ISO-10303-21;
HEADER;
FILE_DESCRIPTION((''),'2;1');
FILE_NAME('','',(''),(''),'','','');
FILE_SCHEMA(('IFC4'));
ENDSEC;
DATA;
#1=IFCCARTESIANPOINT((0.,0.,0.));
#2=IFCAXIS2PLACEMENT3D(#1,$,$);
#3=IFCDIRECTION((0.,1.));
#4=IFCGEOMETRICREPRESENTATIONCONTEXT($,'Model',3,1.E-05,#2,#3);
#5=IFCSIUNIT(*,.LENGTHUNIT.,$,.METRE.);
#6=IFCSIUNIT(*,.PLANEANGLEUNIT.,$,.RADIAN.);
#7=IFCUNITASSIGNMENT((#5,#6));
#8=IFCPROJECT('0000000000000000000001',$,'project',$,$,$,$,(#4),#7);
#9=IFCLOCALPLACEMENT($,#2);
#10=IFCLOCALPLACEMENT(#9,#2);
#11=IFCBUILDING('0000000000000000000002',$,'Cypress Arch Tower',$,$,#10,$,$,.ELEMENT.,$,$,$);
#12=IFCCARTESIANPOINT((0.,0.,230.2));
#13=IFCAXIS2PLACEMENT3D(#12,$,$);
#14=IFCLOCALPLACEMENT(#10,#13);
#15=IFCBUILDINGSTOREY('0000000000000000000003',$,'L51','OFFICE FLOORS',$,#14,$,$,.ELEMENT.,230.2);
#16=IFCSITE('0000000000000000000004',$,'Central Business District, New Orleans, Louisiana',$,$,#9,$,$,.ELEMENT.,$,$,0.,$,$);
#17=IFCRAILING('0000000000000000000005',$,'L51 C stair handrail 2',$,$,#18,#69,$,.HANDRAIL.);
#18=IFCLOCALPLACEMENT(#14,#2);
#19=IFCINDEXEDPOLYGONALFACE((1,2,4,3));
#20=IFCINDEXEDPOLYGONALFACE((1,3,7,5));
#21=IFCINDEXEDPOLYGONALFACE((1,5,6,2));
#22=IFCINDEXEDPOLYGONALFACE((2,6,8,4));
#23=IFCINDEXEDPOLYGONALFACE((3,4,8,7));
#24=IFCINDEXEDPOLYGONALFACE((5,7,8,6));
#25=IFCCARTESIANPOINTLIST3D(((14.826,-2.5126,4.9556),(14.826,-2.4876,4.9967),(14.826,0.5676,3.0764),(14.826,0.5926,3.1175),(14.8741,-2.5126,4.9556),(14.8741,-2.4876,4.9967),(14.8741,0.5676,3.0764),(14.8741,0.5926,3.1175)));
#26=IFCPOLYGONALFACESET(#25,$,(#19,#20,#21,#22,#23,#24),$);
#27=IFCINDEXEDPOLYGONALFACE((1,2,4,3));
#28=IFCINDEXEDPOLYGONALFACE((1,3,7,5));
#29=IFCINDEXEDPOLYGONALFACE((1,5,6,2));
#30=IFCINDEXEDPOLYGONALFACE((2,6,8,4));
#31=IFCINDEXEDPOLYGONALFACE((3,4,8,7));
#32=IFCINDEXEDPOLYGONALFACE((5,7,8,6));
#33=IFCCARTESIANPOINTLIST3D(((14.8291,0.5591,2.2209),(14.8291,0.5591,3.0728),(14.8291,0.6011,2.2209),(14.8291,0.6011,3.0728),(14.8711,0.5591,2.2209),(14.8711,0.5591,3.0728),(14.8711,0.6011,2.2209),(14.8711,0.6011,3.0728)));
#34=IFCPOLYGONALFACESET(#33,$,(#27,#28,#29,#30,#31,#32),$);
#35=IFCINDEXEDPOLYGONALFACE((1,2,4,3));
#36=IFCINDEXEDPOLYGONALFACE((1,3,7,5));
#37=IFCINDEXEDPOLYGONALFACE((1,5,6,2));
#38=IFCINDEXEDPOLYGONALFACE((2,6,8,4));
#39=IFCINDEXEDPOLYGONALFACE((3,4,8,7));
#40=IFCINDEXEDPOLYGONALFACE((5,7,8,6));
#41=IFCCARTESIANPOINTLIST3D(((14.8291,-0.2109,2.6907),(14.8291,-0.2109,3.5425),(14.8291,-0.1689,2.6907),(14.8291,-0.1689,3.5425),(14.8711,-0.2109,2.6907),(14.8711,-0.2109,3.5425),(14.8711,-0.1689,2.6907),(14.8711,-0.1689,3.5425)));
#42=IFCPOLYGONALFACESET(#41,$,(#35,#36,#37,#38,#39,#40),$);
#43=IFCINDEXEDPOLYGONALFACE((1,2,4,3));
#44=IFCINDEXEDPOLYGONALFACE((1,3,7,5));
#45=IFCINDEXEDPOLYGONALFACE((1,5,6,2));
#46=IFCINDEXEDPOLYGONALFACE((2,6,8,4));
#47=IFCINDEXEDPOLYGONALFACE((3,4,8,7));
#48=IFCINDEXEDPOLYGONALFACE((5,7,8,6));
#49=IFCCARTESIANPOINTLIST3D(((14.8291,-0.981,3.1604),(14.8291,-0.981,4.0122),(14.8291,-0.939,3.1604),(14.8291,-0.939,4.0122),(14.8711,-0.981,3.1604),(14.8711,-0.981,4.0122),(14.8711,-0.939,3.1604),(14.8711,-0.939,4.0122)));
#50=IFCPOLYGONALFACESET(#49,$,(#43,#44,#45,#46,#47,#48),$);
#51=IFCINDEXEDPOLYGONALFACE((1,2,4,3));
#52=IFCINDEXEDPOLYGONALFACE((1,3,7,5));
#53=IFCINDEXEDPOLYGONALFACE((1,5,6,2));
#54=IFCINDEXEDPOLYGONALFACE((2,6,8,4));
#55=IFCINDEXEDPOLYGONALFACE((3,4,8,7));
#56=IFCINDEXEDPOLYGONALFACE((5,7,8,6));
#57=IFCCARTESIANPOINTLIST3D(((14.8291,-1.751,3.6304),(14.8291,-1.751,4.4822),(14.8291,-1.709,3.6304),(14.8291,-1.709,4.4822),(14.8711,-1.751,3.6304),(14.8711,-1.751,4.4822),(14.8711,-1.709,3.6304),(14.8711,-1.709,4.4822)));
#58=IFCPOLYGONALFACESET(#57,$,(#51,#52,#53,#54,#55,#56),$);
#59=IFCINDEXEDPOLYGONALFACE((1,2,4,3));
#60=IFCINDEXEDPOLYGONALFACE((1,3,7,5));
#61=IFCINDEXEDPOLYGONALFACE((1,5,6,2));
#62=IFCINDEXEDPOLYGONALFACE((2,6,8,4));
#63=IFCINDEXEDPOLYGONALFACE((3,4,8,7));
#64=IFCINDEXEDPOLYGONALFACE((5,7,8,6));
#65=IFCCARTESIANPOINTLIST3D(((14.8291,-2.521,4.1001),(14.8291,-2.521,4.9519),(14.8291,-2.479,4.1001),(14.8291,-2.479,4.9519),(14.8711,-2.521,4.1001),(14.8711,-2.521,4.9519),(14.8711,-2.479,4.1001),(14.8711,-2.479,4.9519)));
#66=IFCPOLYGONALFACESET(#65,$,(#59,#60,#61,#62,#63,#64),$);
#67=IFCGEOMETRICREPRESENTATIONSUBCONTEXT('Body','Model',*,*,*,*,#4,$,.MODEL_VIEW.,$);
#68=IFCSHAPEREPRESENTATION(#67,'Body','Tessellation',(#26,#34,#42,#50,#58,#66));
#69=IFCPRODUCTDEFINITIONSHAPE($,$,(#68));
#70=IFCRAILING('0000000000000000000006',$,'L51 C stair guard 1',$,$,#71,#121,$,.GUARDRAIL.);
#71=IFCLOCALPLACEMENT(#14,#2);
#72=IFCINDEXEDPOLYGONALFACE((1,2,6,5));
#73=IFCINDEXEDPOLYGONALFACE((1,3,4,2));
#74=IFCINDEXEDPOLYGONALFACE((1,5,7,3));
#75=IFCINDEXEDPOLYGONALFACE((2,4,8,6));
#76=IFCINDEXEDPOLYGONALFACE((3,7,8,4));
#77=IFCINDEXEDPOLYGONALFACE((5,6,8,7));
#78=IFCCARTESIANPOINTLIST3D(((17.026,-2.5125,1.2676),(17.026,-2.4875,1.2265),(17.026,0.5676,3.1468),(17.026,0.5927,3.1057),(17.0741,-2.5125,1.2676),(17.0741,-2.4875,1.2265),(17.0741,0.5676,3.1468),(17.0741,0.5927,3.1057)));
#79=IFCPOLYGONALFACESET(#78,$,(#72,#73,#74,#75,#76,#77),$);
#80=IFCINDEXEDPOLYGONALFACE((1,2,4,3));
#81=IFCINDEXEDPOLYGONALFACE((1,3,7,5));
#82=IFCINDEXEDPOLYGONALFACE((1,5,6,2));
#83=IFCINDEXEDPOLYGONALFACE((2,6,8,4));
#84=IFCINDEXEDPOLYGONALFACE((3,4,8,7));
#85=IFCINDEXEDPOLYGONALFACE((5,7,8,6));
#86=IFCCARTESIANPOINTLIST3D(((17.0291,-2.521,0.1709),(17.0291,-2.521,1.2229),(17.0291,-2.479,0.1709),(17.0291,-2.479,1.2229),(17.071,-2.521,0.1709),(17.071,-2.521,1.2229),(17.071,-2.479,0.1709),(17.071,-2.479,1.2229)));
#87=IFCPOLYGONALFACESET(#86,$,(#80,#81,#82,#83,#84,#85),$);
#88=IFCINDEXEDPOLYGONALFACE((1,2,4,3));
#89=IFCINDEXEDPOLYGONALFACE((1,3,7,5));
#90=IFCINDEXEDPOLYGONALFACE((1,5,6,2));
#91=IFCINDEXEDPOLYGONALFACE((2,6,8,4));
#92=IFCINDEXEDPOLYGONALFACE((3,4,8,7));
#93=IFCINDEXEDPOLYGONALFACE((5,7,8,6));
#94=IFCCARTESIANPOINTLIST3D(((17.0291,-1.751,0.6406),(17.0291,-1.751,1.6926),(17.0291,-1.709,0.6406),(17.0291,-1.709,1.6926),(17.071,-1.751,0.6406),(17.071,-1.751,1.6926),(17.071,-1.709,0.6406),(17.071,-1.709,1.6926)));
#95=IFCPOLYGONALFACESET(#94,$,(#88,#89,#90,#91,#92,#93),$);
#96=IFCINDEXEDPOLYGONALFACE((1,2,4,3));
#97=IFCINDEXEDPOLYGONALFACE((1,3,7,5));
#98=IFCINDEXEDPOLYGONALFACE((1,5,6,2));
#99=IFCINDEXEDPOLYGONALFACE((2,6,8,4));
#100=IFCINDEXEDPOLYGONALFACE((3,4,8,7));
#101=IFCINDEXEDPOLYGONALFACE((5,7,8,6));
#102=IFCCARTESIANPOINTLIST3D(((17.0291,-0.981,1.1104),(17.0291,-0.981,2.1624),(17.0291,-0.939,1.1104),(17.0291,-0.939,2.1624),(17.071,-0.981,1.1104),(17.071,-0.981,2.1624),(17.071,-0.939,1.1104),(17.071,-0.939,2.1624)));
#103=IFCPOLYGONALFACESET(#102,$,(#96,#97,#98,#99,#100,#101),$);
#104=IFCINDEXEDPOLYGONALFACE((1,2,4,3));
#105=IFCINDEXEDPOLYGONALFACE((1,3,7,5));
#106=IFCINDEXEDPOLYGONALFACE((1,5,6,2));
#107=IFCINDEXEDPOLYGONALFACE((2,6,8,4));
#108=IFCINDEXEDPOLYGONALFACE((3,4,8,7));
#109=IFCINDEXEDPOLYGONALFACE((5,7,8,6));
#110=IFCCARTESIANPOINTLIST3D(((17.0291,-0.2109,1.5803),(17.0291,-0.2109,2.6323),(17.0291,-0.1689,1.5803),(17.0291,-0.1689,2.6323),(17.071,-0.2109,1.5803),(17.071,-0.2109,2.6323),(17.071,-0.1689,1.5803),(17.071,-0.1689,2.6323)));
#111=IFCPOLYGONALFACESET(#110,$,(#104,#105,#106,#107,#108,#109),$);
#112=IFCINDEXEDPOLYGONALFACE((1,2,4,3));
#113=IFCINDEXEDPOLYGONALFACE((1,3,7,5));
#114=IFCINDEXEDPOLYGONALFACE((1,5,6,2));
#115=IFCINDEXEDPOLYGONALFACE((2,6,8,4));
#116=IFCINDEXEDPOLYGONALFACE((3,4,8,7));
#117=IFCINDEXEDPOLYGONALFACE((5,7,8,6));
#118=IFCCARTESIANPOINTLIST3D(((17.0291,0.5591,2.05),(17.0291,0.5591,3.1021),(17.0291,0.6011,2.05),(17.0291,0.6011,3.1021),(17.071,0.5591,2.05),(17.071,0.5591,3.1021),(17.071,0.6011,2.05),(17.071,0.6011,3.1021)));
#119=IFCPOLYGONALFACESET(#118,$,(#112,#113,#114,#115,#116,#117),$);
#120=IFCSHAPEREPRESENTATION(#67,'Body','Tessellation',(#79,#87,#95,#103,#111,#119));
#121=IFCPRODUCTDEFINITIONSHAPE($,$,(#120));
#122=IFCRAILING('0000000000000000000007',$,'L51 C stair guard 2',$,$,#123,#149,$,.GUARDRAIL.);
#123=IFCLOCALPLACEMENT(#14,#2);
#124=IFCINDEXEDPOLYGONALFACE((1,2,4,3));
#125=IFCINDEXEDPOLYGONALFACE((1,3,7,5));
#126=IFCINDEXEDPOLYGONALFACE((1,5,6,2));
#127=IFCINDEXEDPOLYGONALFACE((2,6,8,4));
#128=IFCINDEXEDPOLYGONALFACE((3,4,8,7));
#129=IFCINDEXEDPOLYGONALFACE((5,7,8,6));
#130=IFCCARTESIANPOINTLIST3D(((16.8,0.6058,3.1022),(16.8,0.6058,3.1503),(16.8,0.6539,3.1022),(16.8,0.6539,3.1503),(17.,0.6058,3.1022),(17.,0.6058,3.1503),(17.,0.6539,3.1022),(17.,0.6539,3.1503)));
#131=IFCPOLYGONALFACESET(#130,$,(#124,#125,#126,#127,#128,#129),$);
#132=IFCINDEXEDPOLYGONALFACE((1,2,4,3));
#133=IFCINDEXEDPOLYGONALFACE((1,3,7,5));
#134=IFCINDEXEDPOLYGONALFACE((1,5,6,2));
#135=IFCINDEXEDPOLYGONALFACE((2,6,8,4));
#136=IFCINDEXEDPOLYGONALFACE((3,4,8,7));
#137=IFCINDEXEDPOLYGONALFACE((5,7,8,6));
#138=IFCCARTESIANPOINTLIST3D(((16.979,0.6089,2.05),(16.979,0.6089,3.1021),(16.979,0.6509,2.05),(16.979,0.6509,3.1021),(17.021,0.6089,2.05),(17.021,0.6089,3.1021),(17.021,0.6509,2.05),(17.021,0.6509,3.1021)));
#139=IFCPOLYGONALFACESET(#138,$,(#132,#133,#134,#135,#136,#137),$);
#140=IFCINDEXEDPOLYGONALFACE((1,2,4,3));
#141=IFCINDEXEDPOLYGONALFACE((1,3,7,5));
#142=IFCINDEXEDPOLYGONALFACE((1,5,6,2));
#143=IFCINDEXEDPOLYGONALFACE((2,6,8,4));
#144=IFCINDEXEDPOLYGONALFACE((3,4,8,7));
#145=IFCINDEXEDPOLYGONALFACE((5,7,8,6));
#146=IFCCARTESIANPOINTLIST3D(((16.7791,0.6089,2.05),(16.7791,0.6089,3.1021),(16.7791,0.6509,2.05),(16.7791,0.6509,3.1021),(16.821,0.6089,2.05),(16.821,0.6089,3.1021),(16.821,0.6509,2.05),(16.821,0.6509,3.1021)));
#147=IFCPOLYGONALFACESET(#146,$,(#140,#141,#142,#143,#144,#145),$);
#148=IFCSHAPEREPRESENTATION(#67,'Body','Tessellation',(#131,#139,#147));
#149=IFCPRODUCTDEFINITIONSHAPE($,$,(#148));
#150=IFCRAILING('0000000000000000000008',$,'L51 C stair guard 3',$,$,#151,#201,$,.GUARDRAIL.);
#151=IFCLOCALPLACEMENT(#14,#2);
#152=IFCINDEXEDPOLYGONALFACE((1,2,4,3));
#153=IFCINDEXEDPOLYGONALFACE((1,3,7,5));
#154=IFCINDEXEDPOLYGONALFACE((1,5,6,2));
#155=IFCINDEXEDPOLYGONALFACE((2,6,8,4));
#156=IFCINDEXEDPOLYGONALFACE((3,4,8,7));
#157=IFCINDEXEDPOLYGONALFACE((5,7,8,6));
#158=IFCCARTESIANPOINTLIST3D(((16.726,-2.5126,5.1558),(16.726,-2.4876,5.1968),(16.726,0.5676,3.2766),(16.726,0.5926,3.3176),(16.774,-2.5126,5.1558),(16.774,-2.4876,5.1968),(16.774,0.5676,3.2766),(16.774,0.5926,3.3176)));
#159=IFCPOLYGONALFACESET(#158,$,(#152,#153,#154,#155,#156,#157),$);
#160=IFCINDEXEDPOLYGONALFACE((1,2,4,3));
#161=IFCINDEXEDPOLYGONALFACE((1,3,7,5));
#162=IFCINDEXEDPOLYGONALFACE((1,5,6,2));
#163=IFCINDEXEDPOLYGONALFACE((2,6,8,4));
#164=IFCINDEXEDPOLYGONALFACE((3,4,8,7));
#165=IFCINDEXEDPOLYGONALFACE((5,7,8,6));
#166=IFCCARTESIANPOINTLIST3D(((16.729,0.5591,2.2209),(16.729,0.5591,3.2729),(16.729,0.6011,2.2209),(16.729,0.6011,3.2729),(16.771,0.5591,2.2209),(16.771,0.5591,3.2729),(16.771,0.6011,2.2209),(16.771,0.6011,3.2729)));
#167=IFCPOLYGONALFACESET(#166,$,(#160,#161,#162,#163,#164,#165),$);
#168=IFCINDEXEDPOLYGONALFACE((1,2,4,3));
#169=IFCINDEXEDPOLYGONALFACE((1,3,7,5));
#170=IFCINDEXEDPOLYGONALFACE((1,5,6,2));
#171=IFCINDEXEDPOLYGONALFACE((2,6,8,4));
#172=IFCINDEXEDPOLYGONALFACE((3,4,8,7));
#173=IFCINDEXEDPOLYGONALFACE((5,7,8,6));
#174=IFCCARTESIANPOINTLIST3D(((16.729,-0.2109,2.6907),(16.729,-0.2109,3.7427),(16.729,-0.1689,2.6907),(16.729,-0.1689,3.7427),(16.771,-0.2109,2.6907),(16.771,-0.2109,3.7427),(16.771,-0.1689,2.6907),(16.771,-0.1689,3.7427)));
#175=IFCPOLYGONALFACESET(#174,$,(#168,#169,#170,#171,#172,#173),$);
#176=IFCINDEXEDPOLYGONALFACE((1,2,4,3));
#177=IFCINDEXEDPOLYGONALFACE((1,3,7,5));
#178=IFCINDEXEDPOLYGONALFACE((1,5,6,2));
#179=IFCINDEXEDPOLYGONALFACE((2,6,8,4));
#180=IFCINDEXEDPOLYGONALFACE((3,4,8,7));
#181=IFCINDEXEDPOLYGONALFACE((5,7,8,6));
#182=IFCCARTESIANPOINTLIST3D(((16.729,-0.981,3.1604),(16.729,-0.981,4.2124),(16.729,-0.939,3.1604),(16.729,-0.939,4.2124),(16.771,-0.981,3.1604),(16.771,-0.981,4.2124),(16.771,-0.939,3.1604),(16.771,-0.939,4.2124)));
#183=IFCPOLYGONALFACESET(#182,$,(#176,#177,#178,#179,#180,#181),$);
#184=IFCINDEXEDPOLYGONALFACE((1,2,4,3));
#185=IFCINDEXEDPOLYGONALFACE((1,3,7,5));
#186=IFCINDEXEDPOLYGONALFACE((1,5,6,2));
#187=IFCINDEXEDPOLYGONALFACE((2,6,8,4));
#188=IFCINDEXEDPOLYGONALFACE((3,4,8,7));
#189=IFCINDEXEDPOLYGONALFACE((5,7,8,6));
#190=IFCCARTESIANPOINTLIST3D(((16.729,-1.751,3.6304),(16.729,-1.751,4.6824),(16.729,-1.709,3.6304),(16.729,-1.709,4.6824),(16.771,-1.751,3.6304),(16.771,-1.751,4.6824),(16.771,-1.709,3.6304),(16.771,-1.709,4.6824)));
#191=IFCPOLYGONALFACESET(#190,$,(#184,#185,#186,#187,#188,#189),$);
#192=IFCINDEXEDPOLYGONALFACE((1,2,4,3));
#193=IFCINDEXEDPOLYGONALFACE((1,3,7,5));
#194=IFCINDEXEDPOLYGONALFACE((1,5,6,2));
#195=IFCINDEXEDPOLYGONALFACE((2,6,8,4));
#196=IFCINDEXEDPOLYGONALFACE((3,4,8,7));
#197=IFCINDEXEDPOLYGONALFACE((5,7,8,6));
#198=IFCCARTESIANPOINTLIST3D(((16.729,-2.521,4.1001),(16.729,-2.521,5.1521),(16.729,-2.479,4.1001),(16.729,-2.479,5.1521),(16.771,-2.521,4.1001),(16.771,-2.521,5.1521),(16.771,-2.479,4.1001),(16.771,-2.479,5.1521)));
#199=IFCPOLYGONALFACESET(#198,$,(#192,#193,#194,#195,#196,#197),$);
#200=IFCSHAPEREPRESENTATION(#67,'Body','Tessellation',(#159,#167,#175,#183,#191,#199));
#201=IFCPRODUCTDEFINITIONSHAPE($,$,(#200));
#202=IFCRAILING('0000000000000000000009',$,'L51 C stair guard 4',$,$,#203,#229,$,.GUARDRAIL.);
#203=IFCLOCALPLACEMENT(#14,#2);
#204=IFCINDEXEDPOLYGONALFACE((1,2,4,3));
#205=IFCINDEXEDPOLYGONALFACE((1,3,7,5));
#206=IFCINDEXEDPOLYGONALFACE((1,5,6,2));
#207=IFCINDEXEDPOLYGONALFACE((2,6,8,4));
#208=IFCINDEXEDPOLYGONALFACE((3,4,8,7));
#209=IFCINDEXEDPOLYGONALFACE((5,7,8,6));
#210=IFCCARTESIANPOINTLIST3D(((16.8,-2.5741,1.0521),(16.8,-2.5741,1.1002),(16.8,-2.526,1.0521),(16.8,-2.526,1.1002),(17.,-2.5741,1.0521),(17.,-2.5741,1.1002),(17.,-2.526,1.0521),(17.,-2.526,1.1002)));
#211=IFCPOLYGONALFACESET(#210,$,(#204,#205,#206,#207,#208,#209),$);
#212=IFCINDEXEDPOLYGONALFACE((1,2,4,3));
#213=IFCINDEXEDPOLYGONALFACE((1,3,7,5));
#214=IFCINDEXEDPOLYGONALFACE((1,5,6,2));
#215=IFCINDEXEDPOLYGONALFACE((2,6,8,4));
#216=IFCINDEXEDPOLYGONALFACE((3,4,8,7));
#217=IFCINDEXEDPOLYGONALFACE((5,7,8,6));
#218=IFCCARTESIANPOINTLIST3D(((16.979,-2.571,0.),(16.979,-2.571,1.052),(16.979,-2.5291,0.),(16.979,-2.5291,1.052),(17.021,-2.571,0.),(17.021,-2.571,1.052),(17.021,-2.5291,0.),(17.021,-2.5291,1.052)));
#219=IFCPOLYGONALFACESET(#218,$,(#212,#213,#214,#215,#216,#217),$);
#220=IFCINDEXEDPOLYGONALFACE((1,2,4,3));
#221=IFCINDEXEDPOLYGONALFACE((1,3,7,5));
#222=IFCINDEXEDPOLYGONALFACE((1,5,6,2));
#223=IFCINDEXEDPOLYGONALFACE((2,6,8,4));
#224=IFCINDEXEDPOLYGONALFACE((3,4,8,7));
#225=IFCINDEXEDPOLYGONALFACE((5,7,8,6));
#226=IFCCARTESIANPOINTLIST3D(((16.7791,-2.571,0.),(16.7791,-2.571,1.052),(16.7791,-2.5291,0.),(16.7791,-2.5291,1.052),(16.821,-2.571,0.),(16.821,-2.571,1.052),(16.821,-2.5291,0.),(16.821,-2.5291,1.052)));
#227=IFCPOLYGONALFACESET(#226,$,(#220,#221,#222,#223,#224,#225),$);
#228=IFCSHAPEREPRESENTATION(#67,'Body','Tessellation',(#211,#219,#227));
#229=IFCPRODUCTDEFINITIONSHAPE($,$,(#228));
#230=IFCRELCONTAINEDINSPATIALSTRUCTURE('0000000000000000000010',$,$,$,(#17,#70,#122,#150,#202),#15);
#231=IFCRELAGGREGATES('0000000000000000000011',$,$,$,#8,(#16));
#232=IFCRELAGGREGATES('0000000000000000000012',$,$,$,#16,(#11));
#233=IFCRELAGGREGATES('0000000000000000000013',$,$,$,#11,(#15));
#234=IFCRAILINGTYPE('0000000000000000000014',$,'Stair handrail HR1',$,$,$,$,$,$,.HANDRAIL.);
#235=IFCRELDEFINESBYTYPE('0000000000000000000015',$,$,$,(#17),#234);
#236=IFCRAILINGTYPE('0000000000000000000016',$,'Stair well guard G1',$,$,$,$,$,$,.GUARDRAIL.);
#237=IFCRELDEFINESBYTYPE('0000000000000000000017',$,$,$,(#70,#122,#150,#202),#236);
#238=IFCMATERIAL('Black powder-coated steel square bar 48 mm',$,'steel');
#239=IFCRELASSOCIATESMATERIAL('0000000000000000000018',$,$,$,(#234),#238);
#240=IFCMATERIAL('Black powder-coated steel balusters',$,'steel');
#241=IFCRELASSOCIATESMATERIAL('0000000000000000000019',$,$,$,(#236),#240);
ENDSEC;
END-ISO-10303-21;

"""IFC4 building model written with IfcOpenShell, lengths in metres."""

from ifc_helpers import new_model, si_unit, direction, frame, origin, origin_2d, place, context, subcontext, project, spatial, rectangle, extrude, material, type_object, element, save


model = new_model("IFC4")

# Units and contexts
model_context = context("Model", 3, precision=1e-05, world=origin(), true_north=direction((0.0, 1.0)))
body_context = subcontext(model_context, "Body", "Model", "MODEL_VIEW")
ifc_project = project(units=[si_unit("LENGTHUNIT", "METRE"), si_unit("PLANEANGLEUNIT", "RADIAN")], contexts=[model_context])

# Site, building, storey
site_placement = place(None, origin())
site = spatial("IfcSite", under=ifc_project, at=site_placement, Name="Central Business District, New Orleans, Louisiana", CompositionType="ELEMENT", RefElevation=0.0)
building_placement = place(site_placement, origin())
building = spatial("IfcBuilding", under=site, at=building_placement, Name="Cypress Arch Tower", CompositionType="ELEMENT")
storey_placement = place(building_placement, frame((0.0, 0.0, 230.2)))
storey = spatial("IfcBuildingStorey", under=building, at=storey_placement, Name="L51", Description="OFFICE FLOORS", CompositionType="ELEMENT", Elevation=230.2)

# Railings
ifc_material_1 = material(Name="Black powder-coated steel square bar 48 mm", Category="steel")
railing_type_1 = type_object("IfcRailingType", Name="Stair handrail HR1", PredefinedType="HANDRAIL", material=ifc_material_1)
railing_1_placement = place(storey_placement, frame((14.8501, 0.5801, 2.2209)))
element("IfcRailing", 1, at=railing_1_placement, inside=storey, type_object=railing_type_1, Name="L51 C stair handrail 2", PredefinedType="HANDRAIL", context=body_context, shape_type="SweptSolid", body=[
    extrude(rectangle(XDim=0.0481, YDim=0.0481, at=origin_2d()), frame((0.0, 0.0, 0.876), z_axis=(0.0, -0.853666, 0.52082), x_axis=(1.0, 0.0, 0.0)), (0.0, 0.0, 1.0), 3.6082),
    extrude(rectangle(XDim=0.042, YDim=0.042, at=origin_2d()), origin(), (0.0, 0.0, 1.0), 0.8518),
    extrude(rectangle(XDim=0.042, YDim=0.042, at=origin_2d()), frame((0.0, -0.77, 0.4697)), (0.0, 0.0, 1.0), 0.8518),
    extrude(rectangle(XDim=0.042, YDim=0.042, at=origin_2d()), frame((0.0, -1.54, 0.9395)), (0.0, 0.0, 1.0), 0.8518),
    extrude(rectangle(XDim=0.042, YDim=0.042, at=origin_2d()), frame((0.0, -2.3101, 1.4094)), (0.0, 0.0, 1.0), 0.8518),
    extrude(rectangle(XDim=0.042, YDim=0.042, at=origin_2d()), frame((0.0, -3.0801, 1.8792)), (0.0, 0.0, 1.0), 0.8518),
])
ifc_material_2 = material(Name="Black powder-coated steel balusters", Category="steel")
railing_type_2 = type_object("IfcRailingType", Name="Stair well guard G1", PredefinedType="GUARDRAIL", material=ifc_material_2)
railing_2_placement = place(storey_placement, frame((17.05, -2.5, 0.1709)))
element("IfcRailing", 2, at=railing_2_placement, inside=storey, type_object=railing_type_2, Name="L51 C stair guard 1", PredefinedType="GUARDRAIL", context=body_context, shape_type="SweptSolid", body=[
    extrude(rectangle(XDim=0.0481, YDim=0.0481, at=origin_2d()), frame((0.0, 0.0, 1.0762), z_axis=(0.0, 0.853666, 0.52082), x_axis=(-1.0, 0.0, 0.0)), (0.0, 0.0, 1.0), 3.6082),
    extrude(rectangle(XDim=0.042, YDim=0.042, at=origin_2d()), origin(), (0.0, 0.0, 1.0), 1.052),
    extrude(rectangle(XDim=0.042, YDim=0.042, at=origin_2d()), frame((0.0, 0.77, 0.4697)), (0.0, 0.0, 1.0), 1.052),
    extrude(rectangle(XDim=0.042, YDim=0.042, at=origin_2d()), frame((0.0, 1.54, 0.9395)), (0.0, 0.0, 1.0), 1.052),
    extrude(rectangle(XDim=0.042, YDim=0.042, at=origin_2d()), frame((0.0, 2.3101, 1.4094)), (0.0, 0.0, 1.0), 1.052),
    extrude(rectangle(XDim=0.042, YDim=0.042, at=origin_2d()), frame((0.0, 3.0801, 1.8792)), (0.0, 0.0, 1.0), 1.052),
])
railing_3_placement = place(storey_placement, frame((17.0, 0.6299, 2.05)))
element("IfcRailing", 3, at=railing_3_placement, inside=storey, type_object=railing_type_2, Name="L51 C stair guard 2", PredefinedType="GUARDRAIL", context=body_context, shape_type="SweptSolid", body=[
    extrude(rectangle(XDim=0.0481, YDim=0.0481, at=origin_2d()), frame((0.0, 0.0, 1.0762), z_axis=(-1.0, 0.0, 0.0), x_axis=(0.0, -1.0, 0.0)), (0.0, 0.0, 1.0), 0.2),
    extrude(rectangle(XDim=0.042, YDim=0.042, at=origin_2d()), origin(), (0.0, 0.0, 1.0), 1.052),
    extrude(rectangle(XDim=0.042, YDim=0.042, at=origin_2d()), frame((-0.2, 0.0, 0.0)), (0.0, 0.0, 1.0), 1.052),
])
railing_4_placement = place(storey_placement, frame((16.75, 0.5801, 2.2209)))
element("IfcRailing", 4, at=railing_4_placement, inside=storey, type_object=railing_type_2, Name="L51 C stair guard 3", PredefinedType="GUARDRAIL", context=body_context, shape_type="SweptSolid", body=[
    extrude(rectangle(XDim=0.0481, YDim=0.0481, at=origin_2d()), frame((0.0, 0.0, 1.0762), z_axis=(0.0, -0.853666, 0.52082), x_axis=(1.0, 0.0, 0.0)), (0.0, 0.0, 1.0), 3.6082),
    extrude(rectangle(XDim=0.042, YDim=0.042, at=origin_2d()), origin(), (0.0, 0.0, 1.0), 1.052),
    extrude(rectangle(XDim=0.042, YDim=0.042, at=origin_2d()), frame((0.0, -0.77, 0.4697)), (0.0, 0.0, 1.0), 1.052),
    extrude(rectangle(XDim=0.042, YDim=0.042, at=origin_2d()), frame((0.0, -1.54, 0.9395)), (0.0, 0.0, 1.0), 1.052),
    extrude(rectangle(XDim=0.042, YDim=0.042, at=origin_2d()), frame((0.0, -2.3101, 1.4094)), (0.0, 0.0, 1.0), 1.052),
    extrude(rectangle(XDim=0.042, YDim=0.042, at=origin_2d()), frame((0.0, -3.0801, 1.8792)), (0.0, 0.0, 1.0), 1.052),
])
railing_5_placement = place(storey_placement, frame((17.0, -2.55, 0.0)))
element("IfcRailing", 5, at=railing_5_placement, inside=storey, type_object=railing_type_2, Name="L51 C stair guard 4", PredefinedType="GUARDRAIL", context=body_context, shape_type="SweptSolid", body=[
    extrude(rectangle(XDim=0.0481, YDim=0.0481, at=origin_2d()), frame((0.0, 0.0, 1.0762), z_axis=(-1.0, 0.0, 0.0), x_axis=(0.0, -1.0, 0.0)), (0.0, 0.0, 1.0), 0.2),
    extrude(rectangle(XDim=0.042, YDim=0.042, at=origin_2d()), origin(), (0.0, 0.0, 1.0), 1.052),
    extrude(rectangle(XDim=0.042, YDim=0.042, at=origin_2d()), frame((-0.2, 0.0, 0.0)), (0.0, 0.0, 1.0), 1.052),
])

save(model, "model.ifc")
